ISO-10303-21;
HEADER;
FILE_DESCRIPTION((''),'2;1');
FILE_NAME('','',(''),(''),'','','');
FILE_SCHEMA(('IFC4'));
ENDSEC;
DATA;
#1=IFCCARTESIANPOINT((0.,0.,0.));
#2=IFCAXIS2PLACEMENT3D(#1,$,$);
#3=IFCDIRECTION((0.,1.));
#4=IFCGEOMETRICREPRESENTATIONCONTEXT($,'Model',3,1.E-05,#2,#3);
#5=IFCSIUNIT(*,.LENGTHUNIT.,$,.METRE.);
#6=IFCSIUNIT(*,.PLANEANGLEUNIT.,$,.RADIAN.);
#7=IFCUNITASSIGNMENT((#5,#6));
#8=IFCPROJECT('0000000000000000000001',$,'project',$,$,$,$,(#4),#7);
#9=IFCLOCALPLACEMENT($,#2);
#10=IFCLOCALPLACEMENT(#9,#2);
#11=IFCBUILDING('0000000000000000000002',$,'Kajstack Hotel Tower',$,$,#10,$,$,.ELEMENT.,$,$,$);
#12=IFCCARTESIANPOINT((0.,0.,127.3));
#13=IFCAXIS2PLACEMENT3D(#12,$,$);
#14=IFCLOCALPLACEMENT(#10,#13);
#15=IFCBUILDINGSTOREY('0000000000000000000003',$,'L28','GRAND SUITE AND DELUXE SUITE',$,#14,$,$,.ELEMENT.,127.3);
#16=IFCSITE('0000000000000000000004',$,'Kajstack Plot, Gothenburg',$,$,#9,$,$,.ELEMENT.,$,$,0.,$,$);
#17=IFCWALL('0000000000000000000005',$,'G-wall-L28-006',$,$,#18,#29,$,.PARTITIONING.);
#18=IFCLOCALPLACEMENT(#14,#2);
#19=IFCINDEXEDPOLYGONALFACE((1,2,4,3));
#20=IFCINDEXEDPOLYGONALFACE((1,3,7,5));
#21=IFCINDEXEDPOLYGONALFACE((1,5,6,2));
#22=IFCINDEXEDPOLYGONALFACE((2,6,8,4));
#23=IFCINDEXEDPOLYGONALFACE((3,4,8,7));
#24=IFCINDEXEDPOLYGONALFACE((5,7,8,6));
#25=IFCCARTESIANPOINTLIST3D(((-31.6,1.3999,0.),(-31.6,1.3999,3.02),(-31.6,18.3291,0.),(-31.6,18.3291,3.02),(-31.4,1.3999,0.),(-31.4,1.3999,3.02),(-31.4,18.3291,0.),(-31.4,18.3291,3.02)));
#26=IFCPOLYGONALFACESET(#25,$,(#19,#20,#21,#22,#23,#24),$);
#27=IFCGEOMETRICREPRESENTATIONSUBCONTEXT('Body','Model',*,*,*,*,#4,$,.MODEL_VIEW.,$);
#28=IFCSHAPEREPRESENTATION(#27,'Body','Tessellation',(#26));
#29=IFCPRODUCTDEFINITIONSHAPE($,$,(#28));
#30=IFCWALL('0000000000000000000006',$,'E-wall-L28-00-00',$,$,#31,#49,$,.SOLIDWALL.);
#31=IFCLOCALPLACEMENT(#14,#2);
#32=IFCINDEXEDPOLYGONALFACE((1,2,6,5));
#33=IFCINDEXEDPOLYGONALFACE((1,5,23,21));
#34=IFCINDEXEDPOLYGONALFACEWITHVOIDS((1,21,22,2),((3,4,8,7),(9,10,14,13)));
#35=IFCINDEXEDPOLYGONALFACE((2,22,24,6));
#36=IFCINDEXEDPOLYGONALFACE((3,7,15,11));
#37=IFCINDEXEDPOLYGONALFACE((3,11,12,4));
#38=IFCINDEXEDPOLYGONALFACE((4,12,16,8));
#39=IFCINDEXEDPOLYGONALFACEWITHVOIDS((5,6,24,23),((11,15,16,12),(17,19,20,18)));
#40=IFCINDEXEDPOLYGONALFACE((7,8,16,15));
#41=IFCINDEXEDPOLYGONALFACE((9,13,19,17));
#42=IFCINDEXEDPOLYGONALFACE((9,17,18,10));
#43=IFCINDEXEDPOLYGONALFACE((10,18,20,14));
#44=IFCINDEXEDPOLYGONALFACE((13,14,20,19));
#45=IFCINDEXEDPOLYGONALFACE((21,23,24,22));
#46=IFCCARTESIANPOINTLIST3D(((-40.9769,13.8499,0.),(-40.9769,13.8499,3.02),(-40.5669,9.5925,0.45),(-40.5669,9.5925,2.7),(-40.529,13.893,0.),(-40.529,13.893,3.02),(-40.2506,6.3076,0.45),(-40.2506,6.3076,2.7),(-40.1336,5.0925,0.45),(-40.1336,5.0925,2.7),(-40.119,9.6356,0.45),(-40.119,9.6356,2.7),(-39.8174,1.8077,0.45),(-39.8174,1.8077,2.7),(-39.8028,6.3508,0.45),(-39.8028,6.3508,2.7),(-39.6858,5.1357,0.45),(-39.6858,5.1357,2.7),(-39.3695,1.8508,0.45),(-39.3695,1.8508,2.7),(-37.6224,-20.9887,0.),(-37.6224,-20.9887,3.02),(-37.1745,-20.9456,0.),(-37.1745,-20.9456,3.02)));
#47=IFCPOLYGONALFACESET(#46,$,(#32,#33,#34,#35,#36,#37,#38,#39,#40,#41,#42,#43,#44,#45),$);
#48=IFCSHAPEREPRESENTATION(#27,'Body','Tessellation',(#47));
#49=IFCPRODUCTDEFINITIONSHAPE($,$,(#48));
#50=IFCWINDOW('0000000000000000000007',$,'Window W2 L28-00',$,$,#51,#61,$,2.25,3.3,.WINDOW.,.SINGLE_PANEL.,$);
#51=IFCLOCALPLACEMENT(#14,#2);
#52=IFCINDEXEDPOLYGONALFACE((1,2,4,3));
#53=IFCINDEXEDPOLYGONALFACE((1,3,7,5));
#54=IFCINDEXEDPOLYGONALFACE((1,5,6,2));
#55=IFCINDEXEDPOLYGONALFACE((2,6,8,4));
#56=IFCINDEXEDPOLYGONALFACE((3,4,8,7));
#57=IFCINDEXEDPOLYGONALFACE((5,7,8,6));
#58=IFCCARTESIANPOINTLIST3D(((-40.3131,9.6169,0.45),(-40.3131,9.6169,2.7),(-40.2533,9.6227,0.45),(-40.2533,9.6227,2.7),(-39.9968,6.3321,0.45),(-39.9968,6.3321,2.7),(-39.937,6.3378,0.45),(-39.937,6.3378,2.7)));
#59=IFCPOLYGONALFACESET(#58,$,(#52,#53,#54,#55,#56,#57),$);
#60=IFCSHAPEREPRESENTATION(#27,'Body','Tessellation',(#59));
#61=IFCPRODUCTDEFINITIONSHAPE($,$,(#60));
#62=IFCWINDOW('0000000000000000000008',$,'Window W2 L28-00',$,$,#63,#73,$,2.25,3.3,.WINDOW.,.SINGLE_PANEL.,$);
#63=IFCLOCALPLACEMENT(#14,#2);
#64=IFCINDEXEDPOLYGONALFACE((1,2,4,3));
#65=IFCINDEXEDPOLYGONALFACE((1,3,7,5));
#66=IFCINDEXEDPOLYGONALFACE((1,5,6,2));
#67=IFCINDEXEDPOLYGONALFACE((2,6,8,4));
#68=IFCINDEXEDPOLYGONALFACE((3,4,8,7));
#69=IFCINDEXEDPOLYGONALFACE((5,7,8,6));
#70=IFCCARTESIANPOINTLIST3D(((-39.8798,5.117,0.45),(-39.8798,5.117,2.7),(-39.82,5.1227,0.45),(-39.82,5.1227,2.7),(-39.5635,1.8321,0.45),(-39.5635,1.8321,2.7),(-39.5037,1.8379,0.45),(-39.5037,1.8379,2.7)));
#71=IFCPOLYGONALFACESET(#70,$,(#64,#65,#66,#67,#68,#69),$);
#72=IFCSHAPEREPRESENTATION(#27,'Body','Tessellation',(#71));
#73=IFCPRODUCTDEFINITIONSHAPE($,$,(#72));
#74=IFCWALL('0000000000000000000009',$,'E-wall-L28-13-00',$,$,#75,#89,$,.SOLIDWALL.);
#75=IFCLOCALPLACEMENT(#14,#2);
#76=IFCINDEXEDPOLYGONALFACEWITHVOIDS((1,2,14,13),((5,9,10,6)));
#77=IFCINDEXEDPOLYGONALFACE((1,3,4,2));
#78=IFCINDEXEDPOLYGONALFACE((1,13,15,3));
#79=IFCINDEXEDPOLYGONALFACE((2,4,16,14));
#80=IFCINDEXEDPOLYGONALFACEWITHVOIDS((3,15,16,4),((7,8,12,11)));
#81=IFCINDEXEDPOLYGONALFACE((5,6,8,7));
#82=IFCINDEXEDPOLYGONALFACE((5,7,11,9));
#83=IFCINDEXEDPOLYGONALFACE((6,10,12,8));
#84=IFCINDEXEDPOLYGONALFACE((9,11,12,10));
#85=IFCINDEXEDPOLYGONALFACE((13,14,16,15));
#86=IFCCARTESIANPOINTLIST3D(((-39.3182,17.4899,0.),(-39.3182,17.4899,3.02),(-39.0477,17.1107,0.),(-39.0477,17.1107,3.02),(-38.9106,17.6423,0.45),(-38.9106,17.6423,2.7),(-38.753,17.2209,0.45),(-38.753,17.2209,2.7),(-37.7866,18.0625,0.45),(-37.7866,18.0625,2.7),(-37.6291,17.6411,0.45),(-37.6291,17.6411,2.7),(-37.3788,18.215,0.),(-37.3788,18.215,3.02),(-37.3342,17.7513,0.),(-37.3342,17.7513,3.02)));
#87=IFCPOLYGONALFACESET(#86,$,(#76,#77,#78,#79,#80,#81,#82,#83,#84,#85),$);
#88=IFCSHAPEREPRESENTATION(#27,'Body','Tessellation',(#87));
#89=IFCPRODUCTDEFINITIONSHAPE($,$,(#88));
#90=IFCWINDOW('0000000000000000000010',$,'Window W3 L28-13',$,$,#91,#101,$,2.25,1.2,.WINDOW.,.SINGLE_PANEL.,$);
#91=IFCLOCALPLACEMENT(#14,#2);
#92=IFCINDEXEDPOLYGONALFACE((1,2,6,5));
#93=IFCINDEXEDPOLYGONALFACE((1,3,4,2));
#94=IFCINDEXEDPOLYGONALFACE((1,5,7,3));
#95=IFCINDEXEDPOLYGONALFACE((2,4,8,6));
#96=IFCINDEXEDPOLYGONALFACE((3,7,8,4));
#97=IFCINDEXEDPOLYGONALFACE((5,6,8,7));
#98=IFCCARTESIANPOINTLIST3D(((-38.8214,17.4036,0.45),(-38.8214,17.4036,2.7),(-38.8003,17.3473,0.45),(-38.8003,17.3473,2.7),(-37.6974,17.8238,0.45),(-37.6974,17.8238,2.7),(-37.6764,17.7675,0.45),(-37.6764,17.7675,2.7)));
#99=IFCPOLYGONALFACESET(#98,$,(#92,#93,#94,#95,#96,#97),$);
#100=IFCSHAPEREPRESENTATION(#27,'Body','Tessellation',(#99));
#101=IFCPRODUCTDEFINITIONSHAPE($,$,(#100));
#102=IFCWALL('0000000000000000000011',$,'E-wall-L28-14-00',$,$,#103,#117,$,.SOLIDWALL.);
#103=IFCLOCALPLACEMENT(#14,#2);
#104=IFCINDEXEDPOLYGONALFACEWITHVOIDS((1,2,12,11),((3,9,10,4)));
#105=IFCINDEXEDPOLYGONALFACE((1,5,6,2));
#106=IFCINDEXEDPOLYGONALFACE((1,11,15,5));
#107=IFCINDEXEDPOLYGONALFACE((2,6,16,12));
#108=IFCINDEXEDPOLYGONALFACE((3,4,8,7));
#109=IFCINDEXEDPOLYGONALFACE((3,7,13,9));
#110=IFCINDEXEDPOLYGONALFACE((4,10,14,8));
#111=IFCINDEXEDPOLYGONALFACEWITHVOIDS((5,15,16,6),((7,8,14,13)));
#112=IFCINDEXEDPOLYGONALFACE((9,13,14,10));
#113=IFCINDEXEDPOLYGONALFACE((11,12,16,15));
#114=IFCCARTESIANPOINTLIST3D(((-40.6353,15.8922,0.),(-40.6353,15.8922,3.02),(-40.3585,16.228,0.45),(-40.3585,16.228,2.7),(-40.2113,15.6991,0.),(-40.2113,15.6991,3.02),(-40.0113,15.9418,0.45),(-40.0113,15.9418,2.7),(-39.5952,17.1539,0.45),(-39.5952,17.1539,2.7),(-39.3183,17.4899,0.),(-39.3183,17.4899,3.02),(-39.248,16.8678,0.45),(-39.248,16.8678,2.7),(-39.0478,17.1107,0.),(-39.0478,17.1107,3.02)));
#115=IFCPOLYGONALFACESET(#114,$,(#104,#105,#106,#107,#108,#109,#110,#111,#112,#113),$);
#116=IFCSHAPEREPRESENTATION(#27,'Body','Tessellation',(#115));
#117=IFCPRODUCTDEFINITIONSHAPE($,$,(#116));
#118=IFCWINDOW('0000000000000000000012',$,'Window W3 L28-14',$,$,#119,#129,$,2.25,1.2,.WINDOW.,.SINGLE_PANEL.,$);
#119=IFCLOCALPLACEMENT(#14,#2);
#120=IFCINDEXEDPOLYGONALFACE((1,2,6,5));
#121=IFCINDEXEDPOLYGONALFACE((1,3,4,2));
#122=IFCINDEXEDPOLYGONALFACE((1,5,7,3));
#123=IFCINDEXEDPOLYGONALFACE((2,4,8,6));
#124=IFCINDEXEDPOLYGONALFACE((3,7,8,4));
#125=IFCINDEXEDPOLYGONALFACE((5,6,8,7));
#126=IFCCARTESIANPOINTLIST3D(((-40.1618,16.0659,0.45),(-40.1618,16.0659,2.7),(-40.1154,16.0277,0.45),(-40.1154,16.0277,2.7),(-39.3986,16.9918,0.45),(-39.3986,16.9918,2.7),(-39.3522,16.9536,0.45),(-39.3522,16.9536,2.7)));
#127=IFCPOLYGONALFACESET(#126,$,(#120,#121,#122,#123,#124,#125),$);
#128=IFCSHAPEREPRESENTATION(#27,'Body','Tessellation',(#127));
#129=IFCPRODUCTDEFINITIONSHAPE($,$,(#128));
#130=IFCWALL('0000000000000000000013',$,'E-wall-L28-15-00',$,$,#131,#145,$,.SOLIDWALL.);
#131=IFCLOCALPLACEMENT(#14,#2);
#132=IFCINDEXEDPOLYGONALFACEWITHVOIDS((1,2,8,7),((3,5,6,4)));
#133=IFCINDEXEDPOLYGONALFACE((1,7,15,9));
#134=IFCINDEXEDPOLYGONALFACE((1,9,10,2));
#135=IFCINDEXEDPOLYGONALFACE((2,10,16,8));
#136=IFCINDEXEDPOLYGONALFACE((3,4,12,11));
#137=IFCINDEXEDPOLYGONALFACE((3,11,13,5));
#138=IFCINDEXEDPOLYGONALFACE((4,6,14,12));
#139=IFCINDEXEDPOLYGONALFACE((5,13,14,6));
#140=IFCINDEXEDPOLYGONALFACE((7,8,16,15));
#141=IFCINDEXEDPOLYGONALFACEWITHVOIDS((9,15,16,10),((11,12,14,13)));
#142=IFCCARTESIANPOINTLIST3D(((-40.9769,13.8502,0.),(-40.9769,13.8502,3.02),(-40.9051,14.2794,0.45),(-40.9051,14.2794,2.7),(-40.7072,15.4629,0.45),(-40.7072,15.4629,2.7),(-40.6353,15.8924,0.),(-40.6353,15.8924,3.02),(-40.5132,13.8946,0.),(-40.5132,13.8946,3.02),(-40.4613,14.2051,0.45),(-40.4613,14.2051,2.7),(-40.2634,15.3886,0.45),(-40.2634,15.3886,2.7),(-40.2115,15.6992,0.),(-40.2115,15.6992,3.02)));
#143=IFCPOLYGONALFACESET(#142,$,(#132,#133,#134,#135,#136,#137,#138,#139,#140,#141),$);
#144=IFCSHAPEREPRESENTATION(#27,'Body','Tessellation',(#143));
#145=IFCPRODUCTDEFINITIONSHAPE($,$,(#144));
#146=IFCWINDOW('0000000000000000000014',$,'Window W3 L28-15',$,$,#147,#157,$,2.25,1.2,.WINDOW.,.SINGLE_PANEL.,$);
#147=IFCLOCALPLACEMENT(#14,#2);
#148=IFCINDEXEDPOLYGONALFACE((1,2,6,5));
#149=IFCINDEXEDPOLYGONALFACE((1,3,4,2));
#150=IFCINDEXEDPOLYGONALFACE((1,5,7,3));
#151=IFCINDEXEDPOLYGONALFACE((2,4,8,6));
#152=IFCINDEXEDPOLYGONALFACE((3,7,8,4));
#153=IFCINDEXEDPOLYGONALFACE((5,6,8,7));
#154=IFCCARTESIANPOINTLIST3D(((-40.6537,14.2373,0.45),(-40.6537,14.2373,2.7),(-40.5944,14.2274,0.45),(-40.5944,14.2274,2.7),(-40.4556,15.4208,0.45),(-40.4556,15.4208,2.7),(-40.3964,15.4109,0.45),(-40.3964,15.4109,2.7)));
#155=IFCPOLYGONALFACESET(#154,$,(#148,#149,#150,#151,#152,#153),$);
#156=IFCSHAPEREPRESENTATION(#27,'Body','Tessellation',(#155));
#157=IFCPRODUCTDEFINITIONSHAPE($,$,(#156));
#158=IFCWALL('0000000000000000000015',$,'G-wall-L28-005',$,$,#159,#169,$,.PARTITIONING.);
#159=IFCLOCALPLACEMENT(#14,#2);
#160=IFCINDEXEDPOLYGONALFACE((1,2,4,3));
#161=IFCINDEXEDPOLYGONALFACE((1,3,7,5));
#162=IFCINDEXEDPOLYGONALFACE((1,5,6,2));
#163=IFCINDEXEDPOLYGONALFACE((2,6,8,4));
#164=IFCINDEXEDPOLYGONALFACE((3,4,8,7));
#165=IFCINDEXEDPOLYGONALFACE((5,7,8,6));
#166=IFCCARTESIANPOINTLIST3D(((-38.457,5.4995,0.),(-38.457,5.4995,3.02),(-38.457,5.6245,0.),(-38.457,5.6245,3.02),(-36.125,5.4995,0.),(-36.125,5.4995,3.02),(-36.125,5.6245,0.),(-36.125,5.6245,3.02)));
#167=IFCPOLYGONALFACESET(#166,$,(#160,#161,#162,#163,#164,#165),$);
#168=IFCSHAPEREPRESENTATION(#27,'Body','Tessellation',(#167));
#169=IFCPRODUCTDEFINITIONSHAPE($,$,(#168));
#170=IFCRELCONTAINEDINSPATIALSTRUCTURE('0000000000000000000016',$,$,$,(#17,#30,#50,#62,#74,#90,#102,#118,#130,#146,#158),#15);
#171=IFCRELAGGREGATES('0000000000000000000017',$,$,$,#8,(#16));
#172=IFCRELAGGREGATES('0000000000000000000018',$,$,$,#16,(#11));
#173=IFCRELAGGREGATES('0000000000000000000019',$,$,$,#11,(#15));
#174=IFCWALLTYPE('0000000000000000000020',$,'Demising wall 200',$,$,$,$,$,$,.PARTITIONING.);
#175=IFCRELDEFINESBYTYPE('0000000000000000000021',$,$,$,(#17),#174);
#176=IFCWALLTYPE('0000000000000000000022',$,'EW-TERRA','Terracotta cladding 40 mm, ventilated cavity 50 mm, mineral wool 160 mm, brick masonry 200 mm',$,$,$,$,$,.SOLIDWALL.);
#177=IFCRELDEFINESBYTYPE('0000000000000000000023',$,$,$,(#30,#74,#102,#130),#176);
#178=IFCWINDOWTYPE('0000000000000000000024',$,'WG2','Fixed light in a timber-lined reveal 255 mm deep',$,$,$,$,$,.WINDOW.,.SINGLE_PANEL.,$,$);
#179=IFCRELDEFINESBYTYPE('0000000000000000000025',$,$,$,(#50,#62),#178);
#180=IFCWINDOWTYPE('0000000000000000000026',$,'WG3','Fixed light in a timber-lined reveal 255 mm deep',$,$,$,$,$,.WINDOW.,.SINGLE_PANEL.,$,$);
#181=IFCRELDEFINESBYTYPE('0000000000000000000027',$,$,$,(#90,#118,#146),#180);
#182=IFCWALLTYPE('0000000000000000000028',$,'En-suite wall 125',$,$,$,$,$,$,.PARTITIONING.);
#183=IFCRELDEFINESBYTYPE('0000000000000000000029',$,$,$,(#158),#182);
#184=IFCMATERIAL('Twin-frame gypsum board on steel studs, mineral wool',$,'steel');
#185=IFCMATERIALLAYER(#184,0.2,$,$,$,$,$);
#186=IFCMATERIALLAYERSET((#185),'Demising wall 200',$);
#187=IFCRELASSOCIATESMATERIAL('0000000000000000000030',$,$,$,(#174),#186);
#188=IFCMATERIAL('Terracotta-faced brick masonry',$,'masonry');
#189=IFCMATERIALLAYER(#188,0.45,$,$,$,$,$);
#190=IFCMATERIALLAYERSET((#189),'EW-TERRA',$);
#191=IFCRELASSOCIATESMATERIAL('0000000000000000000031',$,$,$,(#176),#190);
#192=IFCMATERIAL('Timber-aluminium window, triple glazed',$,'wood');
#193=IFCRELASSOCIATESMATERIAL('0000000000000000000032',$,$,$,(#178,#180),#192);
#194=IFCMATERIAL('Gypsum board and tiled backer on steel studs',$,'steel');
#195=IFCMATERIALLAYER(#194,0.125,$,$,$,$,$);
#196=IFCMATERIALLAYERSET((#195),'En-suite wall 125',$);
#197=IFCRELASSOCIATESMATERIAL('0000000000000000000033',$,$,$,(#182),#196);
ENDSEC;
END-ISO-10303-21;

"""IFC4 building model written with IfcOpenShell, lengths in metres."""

from ifc_helpers import new_model, si_unit, direction, frame, frame_2d, origin, place, context, subcontext, project, spatial, polyline, rectangle, outline, extrude, material, layer, layer_set, type_object, element, fill, save


model = new_model("IFC4")

# Units and contexts
model_context = context("Model", 3, precision=1e-05, world=origin(), true_north=direction((0.0, 1.0)))
body_context = subcontext(model_context, "Body", "Model", "MODEL_VIEW")
ifc_project = project(units=[si_unit("LENGTHUNIT", "METRE"), si_unit("PLANEANGLEUNIT", "RADIAN")], contexts=[model_context])

# Site, building, storey
site_placement = place(None, origin())
site = spatial("IfcSite", under=ifc_project, at=site_placement, Name="Kajstack Plot, Gothenburg", CompositionType="ELEMENT", RefElevation=0.0)
building_placement = place(site_placement, origin())
building = spatial("IfcBuilding", under=site, at=building_placement, Name="Kajstack Hotel Tower", CompositionType="ELEMENT")
storey_placement = place(building_placement, frame((0.0, 0.0, 127.3)))
storey = spatial("IfcBuildingStorey", under=building, at=storey_placement, Name="L28", Description="GRAND SUITE AND DELUXE SUITE", CompositionType="ELEMENT", Elevation=127.3)

# Wall
ifc_material_1 = material(Name="Twin-frame gypsum board on steel studs, mineral wool", Category="steel")
ifc_layer_1 = layer(ifc_material_1, 0.2)
ifc_layer_set_1 = layer_set([ifc_layer_1], Name="Demising wall 200")
wall_type_1 = type_object("IfcWallType", Name="Demising wall 200", PredefinedType="PARTITIONING", material=ifc_layer_set_1)
wall_1_placement = place(storey_placement, frame((-31.5, 1.3999, 0.0), z_axis=(0.0, 0.0, 1.0), x_axis=(0.0, 1.0, 0.0)))
element("IfcWall", 1, at=wall_1_placement, inside=storey, type_object=wall_type_1, Name="G-wall-L28-006", PredefinedType="PARTITIONING", context=body_context, shape_type="SweptSolid", body=[
    extrude(rectangle(XDim=16.9292, YDim=0.2, at=frame_2d((8.4646, 0.0))), origin(), (0.0, 0.0, 1.0), 3.02),
])

# Wall, openings, windows
ifc_material_2 = material(Name="Terracotta-faced brick masonry", Category="masonry")
ifc_layer_2 = layer(ifc_material_2, 0.45)
ifc_layer_set_2 = layer_set([ifc_layer_2], Name="EW-TERRA")
wall_type_2 = type_object("IfcWallType", Name="EW-TERRA", Description="Terracotta cladding 40 mm, ventilated cavity 50 mm, mineral wool 160 mm, brick masonry 200 mm", PredefinedType="SOLIDWALL", material=ifc_layer_set_2)
wall_2_placement = place(storey_placement, frame((-40.7529, 13.8716, 0.0), z_axis=(0.0, 0.0, 1.0), x_axis=(0.095843, -0.995396, 0.0)))
wall_2 = element("IfcWall", 2, at=wall_2_placement, inside=storey, type_object=wall_type_2, Name="E-wall-L28-00-00", PredefinedType="SOLIDWALL", context=body_context, shape_type="SweptSolid", body=[
    extrude(rectangle(XDim=34.9998, YDim=0.45, at=frame_2d((17.5, 0.0))), origin(), (0.0, 0.0, 1.0), 3.02),
])
opening_1_placement = place(wall_2_placement, frame((4.2773, 0.0, 0.45)))
opening_1 = element("IfcOpeningElement", 3, at=opening_1_placement, cuts=wall_2, PredefinedType="OPENING", context=body_context, shape_type="SweptSolid", body=[
    extrude(rectangle(XDim=3.3, YDim=2.25, at=frame_2d((1.6499, 1.125))), frame((0.0, 0.2349, 0.0), z_axis=(0.0, -1.0, 0.0), x_axis=(1.0, 0.0, 0.0)), (0.0, 0.0, 1.0), 0.47),
])
opening_2_placement = place(wall_2_placement, frame((8.7981, 0.0, 0.45)))
opening_2 = element("IfcOpeningElement", 4, at=opening_2_placement, cuts=wall_2, PredefinedType="OPENING", context=body_context, shape_type="SweptSolid", body=[
    extrude(rectangle(XDim=3.3, YDim=2.25, at=frame_2d((1.6499, 1.125))), frame((0.0, 0.2349, 0.0), z_axis=(0.0, -1.0, 0.0), x_axis=(1.0, 0.0, 0.0)), (0.0, 0.0, 1.0), 0.47),
])
ifc_material_3 = material(Name="Timber-aluminium window, triple glazed", Category="wood")
window_type_1 = type_object("IfcWindowType", Name="WG2", Description="Fixed light in a timber-lined reveal 255 mm deep", PartitioningType="SINGLE_PANEL", PredefinedType="WINDOW", material=ifc_material_3)
window_1_placement = place(opening_1_placement, origin())
window_1 = element("IfcWindow", 5, at=window_1_placement, inside=storey, type_object=window_type_1, Name="Window W2 L28-00", OverallHeight=2.25, OverallWidth=3.3, PartitioningType="SINGLE_PANEL", PredefinedType="WINDOW", context=body_context, shape_type="SweptSolid", body=[
    extrude(rectangle(XDim=3.3, YDim=2.25, at=frame_2d((1.6499, 1.125))), frame((0.0, 0.0901, 0.0), z_axis=(0.0, -1.0, 0.0), x_axis=(1.0, 0.0, 0.0)), (0.0, 0.0, 1.0), 0.0601),
])
fill(opening_1, window_1)
window_2_placement = place(opening_2_placement, origin())
window_2 = element("IfcWindow", 6, at=window_2_placement, inside=storey, type_object=window_type_1, Name="Window W2 L28-00", OverallHeight=2.25, OverallWidth=3.3, PartitioningType="SINGLE_PANEL", PredefinedType="WINDOW", context=body_context, shape_type="SweptSolid", body=[
    extrude(rectangle(XDim=3.3, YDim=2.25, at=frame_2d((1.6499, 1.125))), frame((0.0, 0.0901, 0.0), z_axis=(0.0, -1.0, 0.0), x_axis=(1.0, 0.0, 0.0)), (0.0, 0.0, 1.0), 0.0601),
])
fill(opening_2, window_2)

# Walls, openings, windows
wall_3_placement = place(storey_placement, frame((-37.3, 18.0044, 0.0), z_axis=(0.0, 0.0, 1.0), x_axis=(-0.936678, -0.350193, 0.0)))
wall_3 = element("IfcWall", 7, at=wall_3_placement, inside=storey, type_object=wall_type_2, Name="E-wall-L28-13-00", PredefinedType="SOLIDWALL", context=body_context, shape_type="SweptSolid", body=[
    extrude(outline(polyline([(0.0, -0.2249), (2.0706, -0.2249), (1.95, 0.2251), (0.1206, 0.2251), (0.0, -0.2249)])), origin(), (0.0, 0.0, 1.0), 3.02),
])
opening_3_placement = place(wall_3_placement, frame((0.4353, 0.0, 0.45)))
opening_3 = element("IfcOpeningElement", 8, at=opening_3_placement, cuts=wall_3, PredefinedType="OPENING", context=body_context, shape_type="SweptSolid", body=[
    extrude(rectangle(XDim=1.2, YDim=2.25, at=frame_2d((0.6001, 1.125))), frame((0.0, 0.2349, 0.0), z_axis=(0.0, -1.0, 0.0), x_axis=(1.0, 0.0, 0.0)), (0.0, 0.0, 1.0), 0.47),
])
window_type_2 = type_object("IfcWindowType", Name="WG3", Description="Fixed light in a timber-lined reveal 255 mm deep", PartitioningType="SINGLE_PANEL", PredefinedType="WINDOW", material=ifc_material_3)
window_3_placement = place(opening_3_placement, origin())
window_3 = element("IfcWindow", 9, at=window_3_placement, inside=storey, type_object=window_type_2, Name="Window W3 L28-13", OverallHeight=2.25, OverallWidth=1.2, PartitioningType="SINGLE_PANEL", PredefinedType="WINDOW", context=body_context, shape_type="SweptSolid", body=[
    extrude(rectangle(XDim=1.2, YDim=2.25, at=frame_2d((0.6001, 1.125))), frame((0.0, 0.0901, 0.0), z_axis=(0.0, -1.0, 0.0), x_axis=(1.0, 0.0, 0.0)), (0.0, 0.0, 1.0), 0.0601),
])
fill(opening_3, window_3)
wall_4_placement = place(storey_placement, frame((-39.1448, 17.3469, 0.0), z_axis=(0.0, 0.0, 1.0), x_axis=(-0.636046, -0.771651, 0.0)))
wall_4 = element("IfcWall", 10, at=wall_4_placement, inside=storey, type_object=wall_type_2, Name="E-wall-L28-14-00", PredefinedType="SOLIDWALL", context=body_context, shape_type="SweptSolid", body=[
    extrude(outline(polyline([(0.0, -0.2249), (2.0706, -0.2249), (1.95, 0.2251), (0.1206, 0.2251), (0.0, -0.2249)])), origin(), (0.0, 0.0, 1.0), 3.02),
])
opening_4_placement = place(wall_4_placement, frame((0.4353, 0.0, 0.45)))
opening_4 = element("IfcOpeningElement", 11, at=opening_4_placement, cuts=wall_4, PredefinedType="OPENING", context=body_context, shape_type="SweptSolid", body=[
    extrude(rectangle(XDim=1.2, YDim=2.25, at=frame_2d((0.6001, 1.125))), frame((0.0, 0.2349, 0.0), z_axis=(0.0, -1.0, 0.0), x_axis=(1.0, 0.0, 0.0)), (0.0, 0.0, 1.0), 0.47),
])
window_4_placement = place(opening_4_placement, origin())
window_4 = element("IfcWindow", 12, at=window_4_placement, inside=storey, type_object=window_type_2, Name="Window W3 L28-14", OverallHeight=2.25, OverallWidth=1.2, PartitioningType="SINGLE_PANEL", PredefinedType="WINDOW", context=body_context, shape_type="SweptSolid", body=[
    extrude(rectangle(XDim=1.2, YDim=2.25, at=frame_2d((0.6001, 1.125))), frame((0.0, 0.0901, 0.0), z_axis=(0.0, -1.0, 0.0), x_axis=(1.0, 0.0, 0.0)), (0.0, 0.0, 1.0), 0.0601),
])
fill(opening_4, window_4)
wall_5_placement = place(storey_placement, frame((-40.4133, 15.8552, 0.0), z_axis=(0.0, 0.0, 1.0), x_axis=(-0.165068, -0.986282, 0.0)))
wall_5 = element("IfcWall", 13, at=wall_5_placement, inside=storey, type_object=wall_type_2, Name="E-wall-L28-15-00", PredefinedType="SOLIDWALL", context=body_context, shape_type="SweptSolid", body=[
    extrude(outline(polyline([(0.0, -0.2251), (2.0706, -0.2249), (1.9502, 0.2251), (0.1206, 0.2249), (0.0, -0.2251)])), origin(), (0.0, 0.0, 1.0), 3.02),
])
opening_5_placement = place(wall_5_placement, frame((0.4353, 0.0, 0.45)))
opening_5 = element("IfcOpeningElement", 14, at=opening_5_placement, cuts=wall_5, PredefinedType="OPENING", context=body_context, shape_type="SweptSolid", body=[
    extrude(rectangle(XDim=1.2, YDim=2.25, at=frame_2d((0.6001, 1.125))), frame((0.0, 0.2349, 0.0), z_axis=(0.0, -1.0, 0.0), x_axis=(1.0, 0.0, 0.0)), (0.0, 0.0, 1.0), 0.47),
])
window_5_placement = place(opening_5_placement, origin())
window_5 = element("IfcWindow", 15, at=window_5_placement, inside=storey, type_object=window_type_2, Name="Window W3 L28-15", OverallHeight=2.25, OverallWidth=1.2, PartitioningType="SINGLE_PANEL", PredefinedType="WINDOW", context=body_context, shape_type="SweptSolid", body=[
    extrude(rectangle(XDim=1.2, YDim=2.25, at=frame_2d((0.6001, 1.125))), frame((0.0, 0.0901, 0.0), z_axis=(0.0, -1.0, 0.0), x_axis=(1.0, 0.0, 0.0)), (0.0, 0.0, 1.0), 0.0601),
])
fill(opening_5, window_5)

# Wall
ifc_material_4 = material(Name="Gypsum board and tiled backer on steel studs", Category="steel")
ifc_layer_3 = layer(ifc_material_4, 0.125)
ifc_layer_set_3 = layer_set([ifc_layer_3], Name="En-suite wall 125")
wall_type_3 = type_object("IfcWallType", Name="En-suite wall 125", PredefinedType="PARTITIONING", material=ifc_layer_set_3)
wall_6_placement = place(storey_placement, frame((-38.457, 5.562, 0.0), z_axis=(0.0, 0.0, 1.0), x_axis=(1.0, 0.0, 0.0)))
element("IfcWall", 16, at=wall_6_placement, inside=storey, type_object=wall_type_3, Name="G-wall-L28-005", PredefinedType="PARTITIONING", context=body_context, shape_type="SweptSolid", body=[
    extrude(rectangle(XDim=2.332, YDim=0.125, at=frame_2d((1.166, 0.0))), origin(), (0.0, 0.0, 1.0), 3.02),
])

save(model, "model.ifc")
